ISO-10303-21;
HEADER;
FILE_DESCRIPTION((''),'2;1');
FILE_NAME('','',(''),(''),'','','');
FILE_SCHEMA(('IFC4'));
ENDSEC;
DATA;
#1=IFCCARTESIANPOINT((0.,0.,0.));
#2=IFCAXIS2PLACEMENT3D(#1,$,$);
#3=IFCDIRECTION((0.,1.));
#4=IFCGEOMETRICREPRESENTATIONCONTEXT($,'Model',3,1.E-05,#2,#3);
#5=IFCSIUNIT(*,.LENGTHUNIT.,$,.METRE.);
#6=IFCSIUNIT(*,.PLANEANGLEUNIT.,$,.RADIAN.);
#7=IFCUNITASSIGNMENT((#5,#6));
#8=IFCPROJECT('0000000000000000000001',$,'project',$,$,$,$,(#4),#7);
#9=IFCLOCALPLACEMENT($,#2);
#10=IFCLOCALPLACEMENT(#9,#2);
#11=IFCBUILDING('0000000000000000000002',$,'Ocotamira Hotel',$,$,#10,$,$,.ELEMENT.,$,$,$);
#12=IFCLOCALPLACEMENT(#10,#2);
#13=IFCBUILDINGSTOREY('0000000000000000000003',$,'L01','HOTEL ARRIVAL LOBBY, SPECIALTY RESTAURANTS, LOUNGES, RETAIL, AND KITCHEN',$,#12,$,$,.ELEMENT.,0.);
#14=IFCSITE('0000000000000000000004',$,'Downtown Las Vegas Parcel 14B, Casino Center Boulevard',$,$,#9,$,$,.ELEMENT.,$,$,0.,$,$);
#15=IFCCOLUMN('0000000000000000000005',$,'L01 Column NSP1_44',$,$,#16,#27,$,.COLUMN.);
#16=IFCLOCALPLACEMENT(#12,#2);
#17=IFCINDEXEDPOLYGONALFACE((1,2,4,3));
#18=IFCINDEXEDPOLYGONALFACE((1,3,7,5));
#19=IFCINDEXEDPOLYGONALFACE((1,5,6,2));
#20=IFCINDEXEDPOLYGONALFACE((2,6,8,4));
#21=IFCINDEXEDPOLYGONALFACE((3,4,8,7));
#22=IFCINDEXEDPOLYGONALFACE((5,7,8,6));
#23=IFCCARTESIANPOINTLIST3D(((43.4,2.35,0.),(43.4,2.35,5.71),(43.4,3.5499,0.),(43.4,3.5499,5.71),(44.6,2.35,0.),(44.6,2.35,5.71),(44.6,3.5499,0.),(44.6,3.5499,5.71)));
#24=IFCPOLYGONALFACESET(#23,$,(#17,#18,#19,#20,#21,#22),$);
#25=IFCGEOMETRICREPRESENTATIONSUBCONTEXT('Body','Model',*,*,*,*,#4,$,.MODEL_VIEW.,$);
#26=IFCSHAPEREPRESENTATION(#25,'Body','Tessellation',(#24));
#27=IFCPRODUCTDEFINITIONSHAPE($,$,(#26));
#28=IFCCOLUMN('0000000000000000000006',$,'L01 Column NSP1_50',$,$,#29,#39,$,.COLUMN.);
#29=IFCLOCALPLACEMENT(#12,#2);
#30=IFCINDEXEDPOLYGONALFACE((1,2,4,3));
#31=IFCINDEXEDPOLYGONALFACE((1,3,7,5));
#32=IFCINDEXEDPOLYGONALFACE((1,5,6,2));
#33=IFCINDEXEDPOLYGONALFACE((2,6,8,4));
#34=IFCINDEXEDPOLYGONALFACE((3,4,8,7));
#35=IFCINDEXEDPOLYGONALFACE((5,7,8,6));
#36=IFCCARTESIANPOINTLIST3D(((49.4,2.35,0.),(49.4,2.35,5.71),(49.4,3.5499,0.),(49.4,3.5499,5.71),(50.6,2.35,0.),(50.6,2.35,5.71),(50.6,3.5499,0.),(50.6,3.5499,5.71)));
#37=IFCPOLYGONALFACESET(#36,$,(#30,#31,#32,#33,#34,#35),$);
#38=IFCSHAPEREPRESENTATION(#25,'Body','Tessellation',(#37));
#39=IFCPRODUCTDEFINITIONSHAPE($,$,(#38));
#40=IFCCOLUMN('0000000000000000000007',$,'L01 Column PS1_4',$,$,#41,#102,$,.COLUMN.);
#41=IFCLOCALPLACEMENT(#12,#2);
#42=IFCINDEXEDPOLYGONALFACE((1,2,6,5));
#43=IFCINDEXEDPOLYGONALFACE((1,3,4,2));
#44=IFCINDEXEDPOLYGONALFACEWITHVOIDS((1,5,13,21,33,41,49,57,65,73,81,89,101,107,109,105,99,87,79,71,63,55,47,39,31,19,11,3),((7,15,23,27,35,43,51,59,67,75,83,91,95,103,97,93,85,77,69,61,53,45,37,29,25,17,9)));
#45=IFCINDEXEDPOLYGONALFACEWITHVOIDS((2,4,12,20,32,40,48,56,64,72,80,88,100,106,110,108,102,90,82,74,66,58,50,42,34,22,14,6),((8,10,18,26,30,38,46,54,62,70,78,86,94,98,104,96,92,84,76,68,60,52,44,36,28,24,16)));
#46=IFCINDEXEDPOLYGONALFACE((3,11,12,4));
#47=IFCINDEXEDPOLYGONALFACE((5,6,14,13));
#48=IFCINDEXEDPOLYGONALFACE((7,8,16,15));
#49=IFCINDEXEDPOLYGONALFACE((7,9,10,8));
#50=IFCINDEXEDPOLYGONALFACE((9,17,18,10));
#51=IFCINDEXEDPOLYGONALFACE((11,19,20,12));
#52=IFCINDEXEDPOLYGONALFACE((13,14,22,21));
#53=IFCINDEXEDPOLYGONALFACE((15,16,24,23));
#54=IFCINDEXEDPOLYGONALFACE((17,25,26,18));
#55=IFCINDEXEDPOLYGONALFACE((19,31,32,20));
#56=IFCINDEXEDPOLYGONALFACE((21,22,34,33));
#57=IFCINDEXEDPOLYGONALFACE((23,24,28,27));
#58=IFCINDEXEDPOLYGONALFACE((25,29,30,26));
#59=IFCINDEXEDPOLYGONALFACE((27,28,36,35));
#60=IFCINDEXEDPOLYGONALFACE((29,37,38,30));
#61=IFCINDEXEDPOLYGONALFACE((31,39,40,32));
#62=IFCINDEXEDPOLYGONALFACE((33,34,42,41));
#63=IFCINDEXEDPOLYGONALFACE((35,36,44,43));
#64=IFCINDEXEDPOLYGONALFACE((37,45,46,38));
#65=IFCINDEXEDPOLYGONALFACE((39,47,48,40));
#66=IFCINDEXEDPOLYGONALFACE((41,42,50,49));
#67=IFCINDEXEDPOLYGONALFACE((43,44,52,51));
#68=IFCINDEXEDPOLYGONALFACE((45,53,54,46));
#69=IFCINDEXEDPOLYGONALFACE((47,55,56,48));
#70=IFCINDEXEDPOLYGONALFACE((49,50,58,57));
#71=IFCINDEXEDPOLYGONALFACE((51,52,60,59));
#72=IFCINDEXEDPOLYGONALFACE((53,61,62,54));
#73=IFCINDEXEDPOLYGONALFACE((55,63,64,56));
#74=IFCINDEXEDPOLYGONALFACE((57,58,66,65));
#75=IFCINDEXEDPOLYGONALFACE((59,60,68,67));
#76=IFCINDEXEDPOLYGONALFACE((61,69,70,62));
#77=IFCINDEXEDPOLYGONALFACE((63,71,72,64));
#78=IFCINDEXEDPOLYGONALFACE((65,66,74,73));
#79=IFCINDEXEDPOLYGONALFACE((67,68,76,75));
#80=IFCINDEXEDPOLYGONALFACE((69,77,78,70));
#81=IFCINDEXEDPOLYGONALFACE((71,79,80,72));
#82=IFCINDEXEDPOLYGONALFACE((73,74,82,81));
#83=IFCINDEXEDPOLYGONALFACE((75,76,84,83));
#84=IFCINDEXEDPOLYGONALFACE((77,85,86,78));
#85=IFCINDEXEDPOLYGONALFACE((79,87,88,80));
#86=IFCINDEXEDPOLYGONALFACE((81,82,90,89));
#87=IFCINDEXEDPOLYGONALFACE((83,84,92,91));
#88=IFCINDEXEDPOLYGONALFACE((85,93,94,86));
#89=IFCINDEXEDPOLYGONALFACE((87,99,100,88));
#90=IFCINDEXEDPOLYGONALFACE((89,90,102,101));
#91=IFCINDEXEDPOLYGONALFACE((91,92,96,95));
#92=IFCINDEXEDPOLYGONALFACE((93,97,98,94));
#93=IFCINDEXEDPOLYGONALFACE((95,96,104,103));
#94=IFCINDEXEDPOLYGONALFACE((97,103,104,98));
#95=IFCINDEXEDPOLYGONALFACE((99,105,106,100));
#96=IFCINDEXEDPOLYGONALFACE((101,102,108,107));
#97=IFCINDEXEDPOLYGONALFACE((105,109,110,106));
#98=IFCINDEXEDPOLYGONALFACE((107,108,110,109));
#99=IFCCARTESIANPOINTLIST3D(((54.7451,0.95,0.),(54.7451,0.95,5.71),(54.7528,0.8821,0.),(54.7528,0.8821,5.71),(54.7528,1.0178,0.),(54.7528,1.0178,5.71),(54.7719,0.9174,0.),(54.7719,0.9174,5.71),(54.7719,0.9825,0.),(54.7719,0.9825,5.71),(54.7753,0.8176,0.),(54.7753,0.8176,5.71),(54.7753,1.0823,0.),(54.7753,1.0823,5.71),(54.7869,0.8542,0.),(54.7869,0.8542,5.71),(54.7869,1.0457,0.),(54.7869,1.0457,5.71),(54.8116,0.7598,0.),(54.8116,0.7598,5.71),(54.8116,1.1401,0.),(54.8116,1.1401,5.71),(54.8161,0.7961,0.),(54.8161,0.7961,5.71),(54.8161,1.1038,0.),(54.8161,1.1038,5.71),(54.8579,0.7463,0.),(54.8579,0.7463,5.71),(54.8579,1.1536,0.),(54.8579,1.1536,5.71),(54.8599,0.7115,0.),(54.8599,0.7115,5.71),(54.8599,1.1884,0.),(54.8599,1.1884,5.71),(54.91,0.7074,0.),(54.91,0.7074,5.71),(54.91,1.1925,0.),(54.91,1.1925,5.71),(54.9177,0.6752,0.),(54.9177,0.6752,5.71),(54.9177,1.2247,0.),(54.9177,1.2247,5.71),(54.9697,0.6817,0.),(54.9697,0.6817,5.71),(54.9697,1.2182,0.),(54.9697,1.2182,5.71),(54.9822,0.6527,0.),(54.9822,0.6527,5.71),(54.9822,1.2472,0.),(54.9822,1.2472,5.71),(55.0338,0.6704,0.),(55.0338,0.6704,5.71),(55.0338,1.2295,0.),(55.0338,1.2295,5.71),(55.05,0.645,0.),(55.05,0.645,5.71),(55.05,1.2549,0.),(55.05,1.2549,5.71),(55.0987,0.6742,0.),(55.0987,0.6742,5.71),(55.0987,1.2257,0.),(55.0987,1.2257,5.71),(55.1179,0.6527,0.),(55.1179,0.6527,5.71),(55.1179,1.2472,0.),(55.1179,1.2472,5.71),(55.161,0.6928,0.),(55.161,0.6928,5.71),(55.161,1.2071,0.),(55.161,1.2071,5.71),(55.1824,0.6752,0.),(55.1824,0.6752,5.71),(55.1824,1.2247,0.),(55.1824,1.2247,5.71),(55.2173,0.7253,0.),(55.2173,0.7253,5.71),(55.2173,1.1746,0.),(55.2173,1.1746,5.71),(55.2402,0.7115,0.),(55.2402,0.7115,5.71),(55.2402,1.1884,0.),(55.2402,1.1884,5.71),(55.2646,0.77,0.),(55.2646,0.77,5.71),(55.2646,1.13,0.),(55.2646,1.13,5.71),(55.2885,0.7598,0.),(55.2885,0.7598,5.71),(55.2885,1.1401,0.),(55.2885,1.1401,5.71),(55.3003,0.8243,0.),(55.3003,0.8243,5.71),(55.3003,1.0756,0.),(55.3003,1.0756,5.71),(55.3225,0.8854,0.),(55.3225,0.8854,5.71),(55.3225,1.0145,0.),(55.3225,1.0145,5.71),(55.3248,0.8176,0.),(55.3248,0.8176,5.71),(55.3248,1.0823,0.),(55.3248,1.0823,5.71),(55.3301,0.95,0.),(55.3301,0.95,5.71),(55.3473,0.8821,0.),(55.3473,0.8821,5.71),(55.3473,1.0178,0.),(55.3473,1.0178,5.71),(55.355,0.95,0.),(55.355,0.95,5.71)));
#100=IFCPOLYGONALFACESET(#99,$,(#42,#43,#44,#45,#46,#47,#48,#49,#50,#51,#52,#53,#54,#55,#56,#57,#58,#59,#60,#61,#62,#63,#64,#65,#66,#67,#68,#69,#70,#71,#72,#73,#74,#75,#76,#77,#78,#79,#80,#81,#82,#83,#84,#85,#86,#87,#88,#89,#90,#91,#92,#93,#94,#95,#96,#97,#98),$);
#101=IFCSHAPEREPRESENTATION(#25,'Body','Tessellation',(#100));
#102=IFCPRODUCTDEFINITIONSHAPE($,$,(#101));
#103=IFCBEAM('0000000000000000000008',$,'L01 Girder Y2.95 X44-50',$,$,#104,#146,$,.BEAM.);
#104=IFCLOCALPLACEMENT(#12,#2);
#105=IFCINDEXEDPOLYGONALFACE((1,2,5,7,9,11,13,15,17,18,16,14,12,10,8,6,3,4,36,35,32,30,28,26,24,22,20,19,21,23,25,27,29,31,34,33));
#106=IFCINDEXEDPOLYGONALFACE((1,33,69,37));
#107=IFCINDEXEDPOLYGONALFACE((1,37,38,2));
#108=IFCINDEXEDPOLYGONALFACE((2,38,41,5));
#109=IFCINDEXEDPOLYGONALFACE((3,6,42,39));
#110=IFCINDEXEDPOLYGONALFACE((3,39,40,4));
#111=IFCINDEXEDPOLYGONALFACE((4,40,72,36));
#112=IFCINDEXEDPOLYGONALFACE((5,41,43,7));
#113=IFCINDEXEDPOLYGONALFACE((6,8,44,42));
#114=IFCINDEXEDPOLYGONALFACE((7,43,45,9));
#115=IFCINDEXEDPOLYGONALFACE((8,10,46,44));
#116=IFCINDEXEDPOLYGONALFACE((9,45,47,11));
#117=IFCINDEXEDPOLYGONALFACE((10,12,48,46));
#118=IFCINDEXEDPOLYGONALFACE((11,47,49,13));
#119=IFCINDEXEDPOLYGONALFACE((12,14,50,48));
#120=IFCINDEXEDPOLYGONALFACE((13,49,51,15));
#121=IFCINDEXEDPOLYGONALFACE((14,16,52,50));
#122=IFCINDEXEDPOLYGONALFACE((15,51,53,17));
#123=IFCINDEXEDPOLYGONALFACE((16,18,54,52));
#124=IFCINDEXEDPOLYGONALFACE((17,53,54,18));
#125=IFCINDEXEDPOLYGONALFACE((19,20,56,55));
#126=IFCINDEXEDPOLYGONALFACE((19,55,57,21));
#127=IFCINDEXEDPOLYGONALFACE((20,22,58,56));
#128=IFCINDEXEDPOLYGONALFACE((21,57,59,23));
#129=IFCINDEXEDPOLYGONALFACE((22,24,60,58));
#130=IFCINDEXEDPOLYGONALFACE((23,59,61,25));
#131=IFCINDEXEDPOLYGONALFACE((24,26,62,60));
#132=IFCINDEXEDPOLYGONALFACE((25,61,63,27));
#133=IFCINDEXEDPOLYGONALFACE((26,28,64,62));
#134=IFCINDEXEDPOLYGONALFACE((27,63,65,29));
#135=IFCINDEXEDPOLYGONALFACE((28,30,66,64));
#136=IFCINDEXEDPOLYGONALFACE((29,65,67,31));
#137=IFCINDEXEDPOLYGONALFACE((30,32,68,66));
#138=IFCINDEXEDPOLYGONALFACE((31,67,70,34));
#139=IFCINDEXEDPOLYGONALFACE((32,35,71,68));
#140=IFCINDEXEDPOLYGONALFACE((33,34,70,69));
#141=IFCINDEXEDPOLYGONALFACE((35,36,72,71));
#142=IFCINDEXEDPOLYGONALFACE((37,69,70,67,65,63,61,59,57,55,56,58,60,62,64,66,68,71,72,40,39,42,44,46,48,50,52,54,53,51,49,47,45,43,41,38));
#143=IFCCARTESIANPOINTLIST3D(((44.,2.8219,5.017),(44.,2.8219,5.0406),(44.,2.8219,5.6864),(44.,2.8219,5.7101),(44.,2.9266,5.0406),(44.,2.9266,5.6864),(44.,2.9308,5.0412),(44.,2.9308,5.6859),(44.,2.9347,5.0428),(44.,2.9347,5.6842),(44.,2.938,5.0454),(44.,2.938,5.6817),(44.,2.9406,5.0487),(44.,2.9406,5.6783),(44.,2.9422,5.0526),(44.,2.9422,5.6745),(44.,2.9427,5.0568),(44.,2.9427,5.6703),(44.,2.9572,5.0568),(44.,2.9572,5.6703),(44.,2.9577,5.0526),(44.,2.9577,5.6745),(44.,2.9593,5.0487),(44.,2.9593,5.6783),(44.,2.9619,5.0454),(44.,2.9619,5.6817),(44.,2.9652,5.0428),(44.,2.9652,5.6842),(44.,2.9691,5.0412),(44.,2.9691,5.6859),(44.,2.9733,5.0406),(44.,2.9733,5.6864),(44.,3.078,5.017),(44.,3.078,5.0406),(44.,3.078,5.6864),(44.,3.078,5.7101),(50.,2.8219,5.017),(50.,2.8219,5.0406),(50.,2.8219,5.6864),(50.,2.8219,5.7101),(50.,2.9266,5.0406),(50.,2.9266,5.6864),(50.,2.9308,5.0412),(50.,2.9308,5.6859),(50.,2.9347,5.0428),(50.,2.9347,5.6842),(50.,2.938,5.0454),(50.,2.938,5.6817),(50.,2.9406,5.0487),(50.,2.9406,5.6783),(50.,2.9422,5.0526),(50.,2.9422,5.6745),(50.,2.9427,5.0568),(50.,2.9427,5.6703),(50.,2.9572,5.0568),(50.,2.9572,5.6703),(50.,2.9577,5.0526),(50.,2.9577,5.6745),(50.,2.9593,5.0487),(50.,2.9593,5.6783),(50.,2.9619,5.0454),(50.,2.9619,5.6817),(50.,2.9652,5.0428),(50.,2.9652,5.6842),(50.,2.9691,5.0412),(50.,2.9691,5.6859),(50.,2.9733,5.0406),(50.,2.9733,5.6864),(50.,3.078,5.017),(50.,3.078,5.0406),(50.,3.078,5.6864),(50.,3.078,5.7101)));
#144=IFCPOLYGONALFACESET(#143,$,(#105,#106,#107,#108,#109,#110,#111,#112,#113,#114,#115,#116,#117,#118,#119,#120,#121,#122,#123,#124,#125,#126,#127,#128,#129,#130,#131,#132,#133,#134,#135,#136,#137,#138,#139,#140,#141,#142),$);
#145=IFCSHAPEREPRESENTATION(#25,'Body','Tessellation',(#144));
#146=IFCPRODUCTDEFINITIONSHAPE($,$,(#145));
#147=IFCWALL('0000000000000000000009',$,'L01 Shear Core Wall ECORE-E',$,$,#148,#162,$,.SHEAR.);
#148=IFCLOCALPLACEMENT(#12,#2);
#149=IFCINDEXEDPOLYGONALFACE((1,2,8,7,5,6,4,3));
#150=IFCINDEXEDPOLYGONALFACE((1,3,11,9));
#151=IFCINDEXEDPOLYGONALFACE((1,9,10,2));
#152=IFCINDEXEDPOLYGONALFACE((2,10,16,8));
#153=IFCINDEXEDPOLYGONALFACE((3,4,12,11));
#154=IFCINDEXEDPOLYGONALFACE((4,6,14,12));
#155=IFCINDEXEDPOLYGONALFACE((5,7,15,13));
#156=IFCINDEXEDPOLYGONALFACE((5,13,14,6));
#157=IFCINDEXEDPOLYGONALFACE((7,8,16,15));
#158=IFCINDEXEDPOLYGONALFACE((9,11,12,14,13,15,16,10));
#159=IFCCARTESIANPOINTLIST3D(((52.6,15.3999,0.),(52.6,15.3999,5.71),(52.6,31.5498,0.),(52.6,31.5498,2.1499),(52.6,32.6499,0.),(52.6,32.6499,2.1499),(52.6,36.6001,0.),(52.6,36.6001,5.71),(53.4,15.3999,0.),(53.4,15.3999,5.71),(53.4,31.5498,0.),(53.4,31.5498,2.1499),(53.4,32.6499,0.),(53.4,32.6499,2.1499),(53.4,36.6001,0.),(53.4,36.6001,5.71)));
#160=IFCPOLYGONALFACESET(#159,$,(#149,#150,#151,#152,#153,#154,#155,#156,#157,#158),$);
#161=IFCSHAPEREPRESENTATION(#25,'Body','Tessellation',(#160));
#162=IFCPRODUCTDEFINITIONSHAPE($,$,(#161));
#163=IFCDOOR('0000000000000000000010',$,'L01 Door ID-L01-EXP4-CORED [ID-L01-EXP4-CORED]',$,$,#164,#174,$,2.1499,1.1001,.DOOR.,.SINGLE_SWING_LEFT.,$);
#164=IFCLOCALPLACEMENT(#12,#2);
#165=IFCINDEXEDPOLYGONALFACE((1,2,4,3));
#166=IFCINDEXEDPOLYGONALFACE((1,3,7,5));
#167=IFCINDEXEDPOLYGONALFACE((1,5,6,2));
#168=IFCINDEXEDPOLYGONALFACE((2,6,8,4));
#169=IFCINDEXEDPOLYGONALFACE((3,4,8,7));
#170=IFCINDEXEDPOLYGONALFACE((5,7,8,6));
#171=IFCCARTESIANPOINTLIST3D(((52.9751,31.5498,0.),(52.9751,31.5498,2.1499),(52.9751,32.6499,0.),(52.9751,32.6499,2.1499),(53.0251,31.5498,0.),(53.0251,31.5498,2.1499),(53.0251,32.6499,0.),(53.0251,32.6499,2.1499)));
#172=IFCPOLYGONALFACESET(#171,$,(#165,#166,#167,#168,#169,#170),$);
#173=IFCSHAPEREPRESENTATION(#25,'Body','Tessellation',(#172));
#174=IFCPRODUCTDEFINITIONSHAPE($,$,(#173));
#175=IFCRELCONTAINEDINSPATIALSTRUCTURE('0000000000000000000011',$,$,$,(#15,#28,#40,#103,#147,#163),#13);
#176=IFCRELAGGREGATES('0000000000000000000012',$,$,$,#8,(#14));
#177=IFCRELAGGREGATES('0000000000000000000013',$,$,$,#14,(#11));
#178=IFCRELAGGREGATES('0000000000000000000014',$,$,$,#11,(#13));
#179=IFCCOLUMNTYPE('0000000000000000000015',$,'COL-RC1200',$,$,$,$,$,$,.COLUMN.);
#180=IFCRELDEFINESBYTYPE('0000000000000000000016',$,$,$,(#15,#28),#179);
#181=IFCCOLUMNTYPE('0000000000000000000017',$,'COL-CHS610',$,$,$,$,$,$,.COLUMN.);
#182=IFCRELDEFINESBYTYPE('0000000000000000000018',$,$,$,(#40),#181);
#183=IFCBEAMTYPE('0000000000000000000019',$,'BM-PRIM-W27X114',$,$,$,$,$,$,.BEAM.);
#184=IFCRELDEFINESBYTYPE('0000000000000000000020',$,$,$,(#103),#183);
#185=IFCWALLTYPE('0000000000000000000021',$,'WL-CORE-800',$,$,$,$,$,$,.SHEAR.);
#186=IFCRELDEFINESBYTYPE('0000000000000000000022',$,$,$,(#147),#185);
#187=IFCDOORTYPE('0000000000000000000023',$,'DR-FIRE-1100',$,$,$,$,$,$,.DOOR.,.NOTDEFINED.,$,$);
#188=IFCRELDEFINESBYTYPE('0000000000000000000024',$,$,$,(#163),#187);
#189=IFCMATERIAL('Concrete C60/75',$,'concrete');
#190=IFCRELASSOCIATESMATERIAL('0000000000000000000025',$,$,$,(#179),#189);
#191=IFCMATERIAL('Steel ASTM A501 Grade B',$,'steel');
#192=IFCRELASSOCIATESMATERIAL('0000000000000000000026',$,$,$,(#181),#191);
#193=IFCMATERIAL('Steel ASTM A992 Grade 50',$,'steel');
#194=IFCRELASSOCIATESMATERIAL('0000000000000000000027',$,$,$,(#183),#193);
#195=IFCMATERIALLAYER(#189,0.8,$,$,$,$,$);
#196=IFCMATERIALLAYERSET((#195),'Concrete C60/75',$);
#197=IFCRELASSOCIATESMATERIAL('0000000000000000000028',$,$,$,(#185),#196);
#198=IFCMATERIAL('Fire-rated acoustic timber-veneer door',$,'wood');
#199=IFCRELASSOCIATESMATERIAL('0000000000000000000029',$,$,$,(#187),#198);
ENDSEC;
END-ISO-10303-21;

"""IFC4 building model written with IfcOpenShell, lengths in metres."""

from ifc_helpers import new_model, si_unit, direction, frame, frame_2d, origin, origin_2d, place, context, subcontext, project, spatial, rectangle, hollow_circle, i_section, extrude, source, transform, mapped, material, layer, layer_set, material_profile, profile_set, type_object, element, fill, save


model = new_model("IFC4")

# Units and contexts
model_context = context("Model", 3, precision=1e-05, world=origin(), true_north=direction((0.0, 1.0)))
body_context = subcontext(model_context, "Body", "Model", "MODEL_VIEW")
ifc_project = project(units=[si_unit("LENGTHUNIT", "METRE"), si_unit("PLANEANGLEUNIT", "RADIAN")], contexts=[model_context])

# Site, building, storey
site_placement = place(None, origin())
site = spatial("IfcSite", under=ifc_project, at=site_placement, Name="Downtown Las Vegas Parcel 14B, Casino Center Boulevard", CompositionType="ELEMENT", RefElevation=0.0)
building_placement = place(site_placement, origin())
building = spatial("IfcBuilding", under=site, at=building_placement, Name="Ocotamira Hotel", CompositionType="ELEMENT")
storey_placement = place(building_placement, origin())
storey = spatial("IfcBuildingStorey", under=building, at=storey_placement, Name="L01", Description="HOTEL ARRIVAL LOBBY, SPECIALTY RESTAURANTS, LOUNGES, RETAIL, AND KITCHEN", CompositionType="ELEMENT", Elevation=0.0)

# Columns
ifc_material_1 = material(Name="Concrete C60/75", Category="concrete")
ifc_material_profile_1 = material_profile(ifc_material_1, rectangle(XDim=1.2, YDim=1.2, at=origin_2d()), Name="RC1200X1200")
ifc_profile_set_1 = profile_set([ifc_material_profile_1], Name="Concrete C60/75")
column_type_1 = type_object("IfcColumnType", Name="COL-RC1200", PredefinedType="COLUMN", material=ifc_profile_set_1)
shared_shape_1 = source(origin(), body_context, "Body", "SweptSolid", [
    extrude(rectangle(XDim=1.2, YDim=1.2, at=origin_2d()), origin(), (0.0, 0.0, 1.0), 5.71),
])
for number, where, z_axis, x_axis, name in (
    (1, (44.0, 2.95, 0.0), (0.0, 0.0, 1.0), (1.0, 0.0, 0.0), "L01 Column NSP1_44"),
    (2, (50.0, 2.95, 0.0), (0.0, 0.0, 1.0), (1.0, 0.0, 0.0), "L01 Column NSP1_50"),
):
    element("IfcColumn", number, at=place(storey_placement, frame(where, z_axis=z_axis, x_axis=x_axis)), inside=storey, type_object=column_type_1, Name=name, PredefinedType="COLUMN", context=body_context, shape_type="MappedRepresentation", body=[
        mapped(shared_shape_1, transform((0.0, 0.0, 0.0), scale=1.0)),
    ])
ifc_material_2 = material(Name="Steel ASTM A501 Grade B", Category="steel")
ifc_material_profile_2 = material_profile(ifc_material_2, hollow_circle(Radius=0.3049, WallThickness=0.0249, at=origin_2d()), Name="CHS610X25")
ifc_profile_set_2 = profile_set([ifc_material_profile_2], Name="Steel ASTM A501 Grade B")
column_type_2 = type_object("IfcColumnType", Name="COL-CHS610", PredefinedType="COLUMN", material=ifc_profile_set_2)
shared_shape_2 = source(origin(), body_context, "Body", "SweptSolid", [
    extrude(hollow_circle(Radius=0.3049, WallThickness=0.0249, at=origin_2d()), origin(), (0.0, 0.0, 1.0), 5.71),
])
column_placement = place(storey_placement, frame((55.05, 0.95, 0.0), z_axis=(0.0, 0.0, 1.0), x_axis=(1.0, 0.0, 0.0)))
element("IfcColumn", 3, at=column_placement, inside=storey, type_object=column_type_2, Name="L01 Column PS1_4", PredefinedType="COLUMN", context=body_context, shape_type="MappedRepresentation", body=[
    mapped(shared_shape_2, transform((0.0, 0.0, 0.0), scale=1.0)),
])

# Beam
ifc_material_3 = material(Name="Steel ASTM A992 Grade 50", Category="steel")
ifc_material_profile_3 = material_profile(ifc_material_3, i_section(OverallWidth=0.2561, OverallDepth=0.6931, WebThickness=0.0144, FlangeThickness=0.0237, FilletRadius=0.0161, at=origin_2d()), Name="W27X114")
ifc_profile_set_3 = profile_set([ifc_material_profile_3], Name="Steel ASTM A992 Grade 50")
beam_type = type_object("IfcBeamType", Name="BM-PRIM-W27X114", PredefinedType="BEAM", material=ifc_profile_set_3)
shared_shape_3 = source(origin(), body_context, "Body", "SweptSolid", [
    extrude(i_section(OverallWidth=0.2561, OverallDepth=0.6931, WebThickness=0.0144, FlangeThickness=0.0237, FilletRadius=0.0161, at=origin_2d()), origin(), (0.0, 0.0, 1.0), 6.0),
])
beam_placement = place(storey_placement, frame((44.0, 2.95, 5.3635), z_axis=(1.0, 0.0, 0.0), x_axis=(0.0, 1.0, 0.0)))
element("IfcBeam", 4, at=beam_placement, inside=storey, type_object=beam_type, Name="L01 Girder Y2.95 X44-50", PredefinedType="BEAM", context=body_context, shape_type="MappedRepresentation", body=[
    mapped(shared_shape_3, transform((0.0, 0.0, 0.0), scale=1.0)),
])

# Wall, opening, door
ifc_layer_1 = layer(ifc_material_1, 0.8)
ifc_layer_set_1 = layer_set([ifc_layer_1], Name="Concrete C60/75")
wall_type_1 = type_object("IfcWallType", Name="WL-CORE-800", PredefinedType="SHEAR", material=ifc_layer_set_1)
wall_1_placement = place(storey_placement, frame((53.0, 15.3999, 0.0), z_axis=(0.0, 0.0, 1.0), x_axis=(0.0, 1.0, 0.0)))
wall_1 = element("IfcWall", 5, at=wall_1_placement, inside=storey, type_object=wall_type_1, Name="L01 Shear Core Wall ECORE-E", PredefinedType="SHEAR", context=body_context, shape_type="SweptSolid", body=[
    extrude(rectangle(XDim=21.2002, YDim=0.8, at=frame_2d((10.6001, 0.0))), origin(), (0.0, 0.0, 1.0), 5.71),
])
opening_1_placement = place(wall_1_placement, frame((16.1499, 0.0, 0.0)))
opening_1 = element("IfcOpeningElement", 6, at=opening_1_placement, cuts=wall_1, PredefinedType="OPENING", context=body_context, shape_type="SweptSolid", body=[
    extrude(rectangle(XDim=1.1001, YDim=2.1499, at=frame_2d((0.55, 1.075))), frame((0.0, 0.4102, 0.0), z_axis=(0.0, -1.0, 0.0), x_axis=(1.0, 0.0, 0.0)), (0.0, 0.0, 1.0), 0.8201),
])
ifc_material_4 = material(Name="Fire-rated acoustic timber-veneer door", Category="wood")
door_type_1 = type_object("IfcDoorType", Name="DR-FIRE-1100", OperationType="NOTDEFINED", PredefinedType="DOOR", material=ifc_material_4)
shared_shape_4 = source(origin(), body_context, "Body", "SweptSolid", [
    extrude(rectangle(XDim=1.1001, YDim=2.1499, at=frame_2d((0.55, 1.075))), frame((0.0, 0.0249, 0.0), z_axis=(0.0, -1.0, 0.0), x_axis=(1.0, 0.0, 0.0)), (0.0, 0.0, 1.0), 0.05),
])
door_1_placement = place(opening_1_placement, origin())
door_1 = element("IfcDoor", 7, at=door_1_placement, inside=storey, type_object=door_type_1, Name="L01 Door ID-L01-EXP4-CORED [ID-L01-EXP4-CORED]", OperationType="SINGLE_SWING_LEFT", OverallHeight=2.1499, OverallWidth=1.1001, PredefinedType="DOOR", context=body_context, shape_type="MappedRepresentation", body=[
    mapped(shared_shape_4, transform((0.0, 0.0, 0.0), scale=1.0)),
])
fill(opening_1, door_1)

save(model, "model.ifc")
